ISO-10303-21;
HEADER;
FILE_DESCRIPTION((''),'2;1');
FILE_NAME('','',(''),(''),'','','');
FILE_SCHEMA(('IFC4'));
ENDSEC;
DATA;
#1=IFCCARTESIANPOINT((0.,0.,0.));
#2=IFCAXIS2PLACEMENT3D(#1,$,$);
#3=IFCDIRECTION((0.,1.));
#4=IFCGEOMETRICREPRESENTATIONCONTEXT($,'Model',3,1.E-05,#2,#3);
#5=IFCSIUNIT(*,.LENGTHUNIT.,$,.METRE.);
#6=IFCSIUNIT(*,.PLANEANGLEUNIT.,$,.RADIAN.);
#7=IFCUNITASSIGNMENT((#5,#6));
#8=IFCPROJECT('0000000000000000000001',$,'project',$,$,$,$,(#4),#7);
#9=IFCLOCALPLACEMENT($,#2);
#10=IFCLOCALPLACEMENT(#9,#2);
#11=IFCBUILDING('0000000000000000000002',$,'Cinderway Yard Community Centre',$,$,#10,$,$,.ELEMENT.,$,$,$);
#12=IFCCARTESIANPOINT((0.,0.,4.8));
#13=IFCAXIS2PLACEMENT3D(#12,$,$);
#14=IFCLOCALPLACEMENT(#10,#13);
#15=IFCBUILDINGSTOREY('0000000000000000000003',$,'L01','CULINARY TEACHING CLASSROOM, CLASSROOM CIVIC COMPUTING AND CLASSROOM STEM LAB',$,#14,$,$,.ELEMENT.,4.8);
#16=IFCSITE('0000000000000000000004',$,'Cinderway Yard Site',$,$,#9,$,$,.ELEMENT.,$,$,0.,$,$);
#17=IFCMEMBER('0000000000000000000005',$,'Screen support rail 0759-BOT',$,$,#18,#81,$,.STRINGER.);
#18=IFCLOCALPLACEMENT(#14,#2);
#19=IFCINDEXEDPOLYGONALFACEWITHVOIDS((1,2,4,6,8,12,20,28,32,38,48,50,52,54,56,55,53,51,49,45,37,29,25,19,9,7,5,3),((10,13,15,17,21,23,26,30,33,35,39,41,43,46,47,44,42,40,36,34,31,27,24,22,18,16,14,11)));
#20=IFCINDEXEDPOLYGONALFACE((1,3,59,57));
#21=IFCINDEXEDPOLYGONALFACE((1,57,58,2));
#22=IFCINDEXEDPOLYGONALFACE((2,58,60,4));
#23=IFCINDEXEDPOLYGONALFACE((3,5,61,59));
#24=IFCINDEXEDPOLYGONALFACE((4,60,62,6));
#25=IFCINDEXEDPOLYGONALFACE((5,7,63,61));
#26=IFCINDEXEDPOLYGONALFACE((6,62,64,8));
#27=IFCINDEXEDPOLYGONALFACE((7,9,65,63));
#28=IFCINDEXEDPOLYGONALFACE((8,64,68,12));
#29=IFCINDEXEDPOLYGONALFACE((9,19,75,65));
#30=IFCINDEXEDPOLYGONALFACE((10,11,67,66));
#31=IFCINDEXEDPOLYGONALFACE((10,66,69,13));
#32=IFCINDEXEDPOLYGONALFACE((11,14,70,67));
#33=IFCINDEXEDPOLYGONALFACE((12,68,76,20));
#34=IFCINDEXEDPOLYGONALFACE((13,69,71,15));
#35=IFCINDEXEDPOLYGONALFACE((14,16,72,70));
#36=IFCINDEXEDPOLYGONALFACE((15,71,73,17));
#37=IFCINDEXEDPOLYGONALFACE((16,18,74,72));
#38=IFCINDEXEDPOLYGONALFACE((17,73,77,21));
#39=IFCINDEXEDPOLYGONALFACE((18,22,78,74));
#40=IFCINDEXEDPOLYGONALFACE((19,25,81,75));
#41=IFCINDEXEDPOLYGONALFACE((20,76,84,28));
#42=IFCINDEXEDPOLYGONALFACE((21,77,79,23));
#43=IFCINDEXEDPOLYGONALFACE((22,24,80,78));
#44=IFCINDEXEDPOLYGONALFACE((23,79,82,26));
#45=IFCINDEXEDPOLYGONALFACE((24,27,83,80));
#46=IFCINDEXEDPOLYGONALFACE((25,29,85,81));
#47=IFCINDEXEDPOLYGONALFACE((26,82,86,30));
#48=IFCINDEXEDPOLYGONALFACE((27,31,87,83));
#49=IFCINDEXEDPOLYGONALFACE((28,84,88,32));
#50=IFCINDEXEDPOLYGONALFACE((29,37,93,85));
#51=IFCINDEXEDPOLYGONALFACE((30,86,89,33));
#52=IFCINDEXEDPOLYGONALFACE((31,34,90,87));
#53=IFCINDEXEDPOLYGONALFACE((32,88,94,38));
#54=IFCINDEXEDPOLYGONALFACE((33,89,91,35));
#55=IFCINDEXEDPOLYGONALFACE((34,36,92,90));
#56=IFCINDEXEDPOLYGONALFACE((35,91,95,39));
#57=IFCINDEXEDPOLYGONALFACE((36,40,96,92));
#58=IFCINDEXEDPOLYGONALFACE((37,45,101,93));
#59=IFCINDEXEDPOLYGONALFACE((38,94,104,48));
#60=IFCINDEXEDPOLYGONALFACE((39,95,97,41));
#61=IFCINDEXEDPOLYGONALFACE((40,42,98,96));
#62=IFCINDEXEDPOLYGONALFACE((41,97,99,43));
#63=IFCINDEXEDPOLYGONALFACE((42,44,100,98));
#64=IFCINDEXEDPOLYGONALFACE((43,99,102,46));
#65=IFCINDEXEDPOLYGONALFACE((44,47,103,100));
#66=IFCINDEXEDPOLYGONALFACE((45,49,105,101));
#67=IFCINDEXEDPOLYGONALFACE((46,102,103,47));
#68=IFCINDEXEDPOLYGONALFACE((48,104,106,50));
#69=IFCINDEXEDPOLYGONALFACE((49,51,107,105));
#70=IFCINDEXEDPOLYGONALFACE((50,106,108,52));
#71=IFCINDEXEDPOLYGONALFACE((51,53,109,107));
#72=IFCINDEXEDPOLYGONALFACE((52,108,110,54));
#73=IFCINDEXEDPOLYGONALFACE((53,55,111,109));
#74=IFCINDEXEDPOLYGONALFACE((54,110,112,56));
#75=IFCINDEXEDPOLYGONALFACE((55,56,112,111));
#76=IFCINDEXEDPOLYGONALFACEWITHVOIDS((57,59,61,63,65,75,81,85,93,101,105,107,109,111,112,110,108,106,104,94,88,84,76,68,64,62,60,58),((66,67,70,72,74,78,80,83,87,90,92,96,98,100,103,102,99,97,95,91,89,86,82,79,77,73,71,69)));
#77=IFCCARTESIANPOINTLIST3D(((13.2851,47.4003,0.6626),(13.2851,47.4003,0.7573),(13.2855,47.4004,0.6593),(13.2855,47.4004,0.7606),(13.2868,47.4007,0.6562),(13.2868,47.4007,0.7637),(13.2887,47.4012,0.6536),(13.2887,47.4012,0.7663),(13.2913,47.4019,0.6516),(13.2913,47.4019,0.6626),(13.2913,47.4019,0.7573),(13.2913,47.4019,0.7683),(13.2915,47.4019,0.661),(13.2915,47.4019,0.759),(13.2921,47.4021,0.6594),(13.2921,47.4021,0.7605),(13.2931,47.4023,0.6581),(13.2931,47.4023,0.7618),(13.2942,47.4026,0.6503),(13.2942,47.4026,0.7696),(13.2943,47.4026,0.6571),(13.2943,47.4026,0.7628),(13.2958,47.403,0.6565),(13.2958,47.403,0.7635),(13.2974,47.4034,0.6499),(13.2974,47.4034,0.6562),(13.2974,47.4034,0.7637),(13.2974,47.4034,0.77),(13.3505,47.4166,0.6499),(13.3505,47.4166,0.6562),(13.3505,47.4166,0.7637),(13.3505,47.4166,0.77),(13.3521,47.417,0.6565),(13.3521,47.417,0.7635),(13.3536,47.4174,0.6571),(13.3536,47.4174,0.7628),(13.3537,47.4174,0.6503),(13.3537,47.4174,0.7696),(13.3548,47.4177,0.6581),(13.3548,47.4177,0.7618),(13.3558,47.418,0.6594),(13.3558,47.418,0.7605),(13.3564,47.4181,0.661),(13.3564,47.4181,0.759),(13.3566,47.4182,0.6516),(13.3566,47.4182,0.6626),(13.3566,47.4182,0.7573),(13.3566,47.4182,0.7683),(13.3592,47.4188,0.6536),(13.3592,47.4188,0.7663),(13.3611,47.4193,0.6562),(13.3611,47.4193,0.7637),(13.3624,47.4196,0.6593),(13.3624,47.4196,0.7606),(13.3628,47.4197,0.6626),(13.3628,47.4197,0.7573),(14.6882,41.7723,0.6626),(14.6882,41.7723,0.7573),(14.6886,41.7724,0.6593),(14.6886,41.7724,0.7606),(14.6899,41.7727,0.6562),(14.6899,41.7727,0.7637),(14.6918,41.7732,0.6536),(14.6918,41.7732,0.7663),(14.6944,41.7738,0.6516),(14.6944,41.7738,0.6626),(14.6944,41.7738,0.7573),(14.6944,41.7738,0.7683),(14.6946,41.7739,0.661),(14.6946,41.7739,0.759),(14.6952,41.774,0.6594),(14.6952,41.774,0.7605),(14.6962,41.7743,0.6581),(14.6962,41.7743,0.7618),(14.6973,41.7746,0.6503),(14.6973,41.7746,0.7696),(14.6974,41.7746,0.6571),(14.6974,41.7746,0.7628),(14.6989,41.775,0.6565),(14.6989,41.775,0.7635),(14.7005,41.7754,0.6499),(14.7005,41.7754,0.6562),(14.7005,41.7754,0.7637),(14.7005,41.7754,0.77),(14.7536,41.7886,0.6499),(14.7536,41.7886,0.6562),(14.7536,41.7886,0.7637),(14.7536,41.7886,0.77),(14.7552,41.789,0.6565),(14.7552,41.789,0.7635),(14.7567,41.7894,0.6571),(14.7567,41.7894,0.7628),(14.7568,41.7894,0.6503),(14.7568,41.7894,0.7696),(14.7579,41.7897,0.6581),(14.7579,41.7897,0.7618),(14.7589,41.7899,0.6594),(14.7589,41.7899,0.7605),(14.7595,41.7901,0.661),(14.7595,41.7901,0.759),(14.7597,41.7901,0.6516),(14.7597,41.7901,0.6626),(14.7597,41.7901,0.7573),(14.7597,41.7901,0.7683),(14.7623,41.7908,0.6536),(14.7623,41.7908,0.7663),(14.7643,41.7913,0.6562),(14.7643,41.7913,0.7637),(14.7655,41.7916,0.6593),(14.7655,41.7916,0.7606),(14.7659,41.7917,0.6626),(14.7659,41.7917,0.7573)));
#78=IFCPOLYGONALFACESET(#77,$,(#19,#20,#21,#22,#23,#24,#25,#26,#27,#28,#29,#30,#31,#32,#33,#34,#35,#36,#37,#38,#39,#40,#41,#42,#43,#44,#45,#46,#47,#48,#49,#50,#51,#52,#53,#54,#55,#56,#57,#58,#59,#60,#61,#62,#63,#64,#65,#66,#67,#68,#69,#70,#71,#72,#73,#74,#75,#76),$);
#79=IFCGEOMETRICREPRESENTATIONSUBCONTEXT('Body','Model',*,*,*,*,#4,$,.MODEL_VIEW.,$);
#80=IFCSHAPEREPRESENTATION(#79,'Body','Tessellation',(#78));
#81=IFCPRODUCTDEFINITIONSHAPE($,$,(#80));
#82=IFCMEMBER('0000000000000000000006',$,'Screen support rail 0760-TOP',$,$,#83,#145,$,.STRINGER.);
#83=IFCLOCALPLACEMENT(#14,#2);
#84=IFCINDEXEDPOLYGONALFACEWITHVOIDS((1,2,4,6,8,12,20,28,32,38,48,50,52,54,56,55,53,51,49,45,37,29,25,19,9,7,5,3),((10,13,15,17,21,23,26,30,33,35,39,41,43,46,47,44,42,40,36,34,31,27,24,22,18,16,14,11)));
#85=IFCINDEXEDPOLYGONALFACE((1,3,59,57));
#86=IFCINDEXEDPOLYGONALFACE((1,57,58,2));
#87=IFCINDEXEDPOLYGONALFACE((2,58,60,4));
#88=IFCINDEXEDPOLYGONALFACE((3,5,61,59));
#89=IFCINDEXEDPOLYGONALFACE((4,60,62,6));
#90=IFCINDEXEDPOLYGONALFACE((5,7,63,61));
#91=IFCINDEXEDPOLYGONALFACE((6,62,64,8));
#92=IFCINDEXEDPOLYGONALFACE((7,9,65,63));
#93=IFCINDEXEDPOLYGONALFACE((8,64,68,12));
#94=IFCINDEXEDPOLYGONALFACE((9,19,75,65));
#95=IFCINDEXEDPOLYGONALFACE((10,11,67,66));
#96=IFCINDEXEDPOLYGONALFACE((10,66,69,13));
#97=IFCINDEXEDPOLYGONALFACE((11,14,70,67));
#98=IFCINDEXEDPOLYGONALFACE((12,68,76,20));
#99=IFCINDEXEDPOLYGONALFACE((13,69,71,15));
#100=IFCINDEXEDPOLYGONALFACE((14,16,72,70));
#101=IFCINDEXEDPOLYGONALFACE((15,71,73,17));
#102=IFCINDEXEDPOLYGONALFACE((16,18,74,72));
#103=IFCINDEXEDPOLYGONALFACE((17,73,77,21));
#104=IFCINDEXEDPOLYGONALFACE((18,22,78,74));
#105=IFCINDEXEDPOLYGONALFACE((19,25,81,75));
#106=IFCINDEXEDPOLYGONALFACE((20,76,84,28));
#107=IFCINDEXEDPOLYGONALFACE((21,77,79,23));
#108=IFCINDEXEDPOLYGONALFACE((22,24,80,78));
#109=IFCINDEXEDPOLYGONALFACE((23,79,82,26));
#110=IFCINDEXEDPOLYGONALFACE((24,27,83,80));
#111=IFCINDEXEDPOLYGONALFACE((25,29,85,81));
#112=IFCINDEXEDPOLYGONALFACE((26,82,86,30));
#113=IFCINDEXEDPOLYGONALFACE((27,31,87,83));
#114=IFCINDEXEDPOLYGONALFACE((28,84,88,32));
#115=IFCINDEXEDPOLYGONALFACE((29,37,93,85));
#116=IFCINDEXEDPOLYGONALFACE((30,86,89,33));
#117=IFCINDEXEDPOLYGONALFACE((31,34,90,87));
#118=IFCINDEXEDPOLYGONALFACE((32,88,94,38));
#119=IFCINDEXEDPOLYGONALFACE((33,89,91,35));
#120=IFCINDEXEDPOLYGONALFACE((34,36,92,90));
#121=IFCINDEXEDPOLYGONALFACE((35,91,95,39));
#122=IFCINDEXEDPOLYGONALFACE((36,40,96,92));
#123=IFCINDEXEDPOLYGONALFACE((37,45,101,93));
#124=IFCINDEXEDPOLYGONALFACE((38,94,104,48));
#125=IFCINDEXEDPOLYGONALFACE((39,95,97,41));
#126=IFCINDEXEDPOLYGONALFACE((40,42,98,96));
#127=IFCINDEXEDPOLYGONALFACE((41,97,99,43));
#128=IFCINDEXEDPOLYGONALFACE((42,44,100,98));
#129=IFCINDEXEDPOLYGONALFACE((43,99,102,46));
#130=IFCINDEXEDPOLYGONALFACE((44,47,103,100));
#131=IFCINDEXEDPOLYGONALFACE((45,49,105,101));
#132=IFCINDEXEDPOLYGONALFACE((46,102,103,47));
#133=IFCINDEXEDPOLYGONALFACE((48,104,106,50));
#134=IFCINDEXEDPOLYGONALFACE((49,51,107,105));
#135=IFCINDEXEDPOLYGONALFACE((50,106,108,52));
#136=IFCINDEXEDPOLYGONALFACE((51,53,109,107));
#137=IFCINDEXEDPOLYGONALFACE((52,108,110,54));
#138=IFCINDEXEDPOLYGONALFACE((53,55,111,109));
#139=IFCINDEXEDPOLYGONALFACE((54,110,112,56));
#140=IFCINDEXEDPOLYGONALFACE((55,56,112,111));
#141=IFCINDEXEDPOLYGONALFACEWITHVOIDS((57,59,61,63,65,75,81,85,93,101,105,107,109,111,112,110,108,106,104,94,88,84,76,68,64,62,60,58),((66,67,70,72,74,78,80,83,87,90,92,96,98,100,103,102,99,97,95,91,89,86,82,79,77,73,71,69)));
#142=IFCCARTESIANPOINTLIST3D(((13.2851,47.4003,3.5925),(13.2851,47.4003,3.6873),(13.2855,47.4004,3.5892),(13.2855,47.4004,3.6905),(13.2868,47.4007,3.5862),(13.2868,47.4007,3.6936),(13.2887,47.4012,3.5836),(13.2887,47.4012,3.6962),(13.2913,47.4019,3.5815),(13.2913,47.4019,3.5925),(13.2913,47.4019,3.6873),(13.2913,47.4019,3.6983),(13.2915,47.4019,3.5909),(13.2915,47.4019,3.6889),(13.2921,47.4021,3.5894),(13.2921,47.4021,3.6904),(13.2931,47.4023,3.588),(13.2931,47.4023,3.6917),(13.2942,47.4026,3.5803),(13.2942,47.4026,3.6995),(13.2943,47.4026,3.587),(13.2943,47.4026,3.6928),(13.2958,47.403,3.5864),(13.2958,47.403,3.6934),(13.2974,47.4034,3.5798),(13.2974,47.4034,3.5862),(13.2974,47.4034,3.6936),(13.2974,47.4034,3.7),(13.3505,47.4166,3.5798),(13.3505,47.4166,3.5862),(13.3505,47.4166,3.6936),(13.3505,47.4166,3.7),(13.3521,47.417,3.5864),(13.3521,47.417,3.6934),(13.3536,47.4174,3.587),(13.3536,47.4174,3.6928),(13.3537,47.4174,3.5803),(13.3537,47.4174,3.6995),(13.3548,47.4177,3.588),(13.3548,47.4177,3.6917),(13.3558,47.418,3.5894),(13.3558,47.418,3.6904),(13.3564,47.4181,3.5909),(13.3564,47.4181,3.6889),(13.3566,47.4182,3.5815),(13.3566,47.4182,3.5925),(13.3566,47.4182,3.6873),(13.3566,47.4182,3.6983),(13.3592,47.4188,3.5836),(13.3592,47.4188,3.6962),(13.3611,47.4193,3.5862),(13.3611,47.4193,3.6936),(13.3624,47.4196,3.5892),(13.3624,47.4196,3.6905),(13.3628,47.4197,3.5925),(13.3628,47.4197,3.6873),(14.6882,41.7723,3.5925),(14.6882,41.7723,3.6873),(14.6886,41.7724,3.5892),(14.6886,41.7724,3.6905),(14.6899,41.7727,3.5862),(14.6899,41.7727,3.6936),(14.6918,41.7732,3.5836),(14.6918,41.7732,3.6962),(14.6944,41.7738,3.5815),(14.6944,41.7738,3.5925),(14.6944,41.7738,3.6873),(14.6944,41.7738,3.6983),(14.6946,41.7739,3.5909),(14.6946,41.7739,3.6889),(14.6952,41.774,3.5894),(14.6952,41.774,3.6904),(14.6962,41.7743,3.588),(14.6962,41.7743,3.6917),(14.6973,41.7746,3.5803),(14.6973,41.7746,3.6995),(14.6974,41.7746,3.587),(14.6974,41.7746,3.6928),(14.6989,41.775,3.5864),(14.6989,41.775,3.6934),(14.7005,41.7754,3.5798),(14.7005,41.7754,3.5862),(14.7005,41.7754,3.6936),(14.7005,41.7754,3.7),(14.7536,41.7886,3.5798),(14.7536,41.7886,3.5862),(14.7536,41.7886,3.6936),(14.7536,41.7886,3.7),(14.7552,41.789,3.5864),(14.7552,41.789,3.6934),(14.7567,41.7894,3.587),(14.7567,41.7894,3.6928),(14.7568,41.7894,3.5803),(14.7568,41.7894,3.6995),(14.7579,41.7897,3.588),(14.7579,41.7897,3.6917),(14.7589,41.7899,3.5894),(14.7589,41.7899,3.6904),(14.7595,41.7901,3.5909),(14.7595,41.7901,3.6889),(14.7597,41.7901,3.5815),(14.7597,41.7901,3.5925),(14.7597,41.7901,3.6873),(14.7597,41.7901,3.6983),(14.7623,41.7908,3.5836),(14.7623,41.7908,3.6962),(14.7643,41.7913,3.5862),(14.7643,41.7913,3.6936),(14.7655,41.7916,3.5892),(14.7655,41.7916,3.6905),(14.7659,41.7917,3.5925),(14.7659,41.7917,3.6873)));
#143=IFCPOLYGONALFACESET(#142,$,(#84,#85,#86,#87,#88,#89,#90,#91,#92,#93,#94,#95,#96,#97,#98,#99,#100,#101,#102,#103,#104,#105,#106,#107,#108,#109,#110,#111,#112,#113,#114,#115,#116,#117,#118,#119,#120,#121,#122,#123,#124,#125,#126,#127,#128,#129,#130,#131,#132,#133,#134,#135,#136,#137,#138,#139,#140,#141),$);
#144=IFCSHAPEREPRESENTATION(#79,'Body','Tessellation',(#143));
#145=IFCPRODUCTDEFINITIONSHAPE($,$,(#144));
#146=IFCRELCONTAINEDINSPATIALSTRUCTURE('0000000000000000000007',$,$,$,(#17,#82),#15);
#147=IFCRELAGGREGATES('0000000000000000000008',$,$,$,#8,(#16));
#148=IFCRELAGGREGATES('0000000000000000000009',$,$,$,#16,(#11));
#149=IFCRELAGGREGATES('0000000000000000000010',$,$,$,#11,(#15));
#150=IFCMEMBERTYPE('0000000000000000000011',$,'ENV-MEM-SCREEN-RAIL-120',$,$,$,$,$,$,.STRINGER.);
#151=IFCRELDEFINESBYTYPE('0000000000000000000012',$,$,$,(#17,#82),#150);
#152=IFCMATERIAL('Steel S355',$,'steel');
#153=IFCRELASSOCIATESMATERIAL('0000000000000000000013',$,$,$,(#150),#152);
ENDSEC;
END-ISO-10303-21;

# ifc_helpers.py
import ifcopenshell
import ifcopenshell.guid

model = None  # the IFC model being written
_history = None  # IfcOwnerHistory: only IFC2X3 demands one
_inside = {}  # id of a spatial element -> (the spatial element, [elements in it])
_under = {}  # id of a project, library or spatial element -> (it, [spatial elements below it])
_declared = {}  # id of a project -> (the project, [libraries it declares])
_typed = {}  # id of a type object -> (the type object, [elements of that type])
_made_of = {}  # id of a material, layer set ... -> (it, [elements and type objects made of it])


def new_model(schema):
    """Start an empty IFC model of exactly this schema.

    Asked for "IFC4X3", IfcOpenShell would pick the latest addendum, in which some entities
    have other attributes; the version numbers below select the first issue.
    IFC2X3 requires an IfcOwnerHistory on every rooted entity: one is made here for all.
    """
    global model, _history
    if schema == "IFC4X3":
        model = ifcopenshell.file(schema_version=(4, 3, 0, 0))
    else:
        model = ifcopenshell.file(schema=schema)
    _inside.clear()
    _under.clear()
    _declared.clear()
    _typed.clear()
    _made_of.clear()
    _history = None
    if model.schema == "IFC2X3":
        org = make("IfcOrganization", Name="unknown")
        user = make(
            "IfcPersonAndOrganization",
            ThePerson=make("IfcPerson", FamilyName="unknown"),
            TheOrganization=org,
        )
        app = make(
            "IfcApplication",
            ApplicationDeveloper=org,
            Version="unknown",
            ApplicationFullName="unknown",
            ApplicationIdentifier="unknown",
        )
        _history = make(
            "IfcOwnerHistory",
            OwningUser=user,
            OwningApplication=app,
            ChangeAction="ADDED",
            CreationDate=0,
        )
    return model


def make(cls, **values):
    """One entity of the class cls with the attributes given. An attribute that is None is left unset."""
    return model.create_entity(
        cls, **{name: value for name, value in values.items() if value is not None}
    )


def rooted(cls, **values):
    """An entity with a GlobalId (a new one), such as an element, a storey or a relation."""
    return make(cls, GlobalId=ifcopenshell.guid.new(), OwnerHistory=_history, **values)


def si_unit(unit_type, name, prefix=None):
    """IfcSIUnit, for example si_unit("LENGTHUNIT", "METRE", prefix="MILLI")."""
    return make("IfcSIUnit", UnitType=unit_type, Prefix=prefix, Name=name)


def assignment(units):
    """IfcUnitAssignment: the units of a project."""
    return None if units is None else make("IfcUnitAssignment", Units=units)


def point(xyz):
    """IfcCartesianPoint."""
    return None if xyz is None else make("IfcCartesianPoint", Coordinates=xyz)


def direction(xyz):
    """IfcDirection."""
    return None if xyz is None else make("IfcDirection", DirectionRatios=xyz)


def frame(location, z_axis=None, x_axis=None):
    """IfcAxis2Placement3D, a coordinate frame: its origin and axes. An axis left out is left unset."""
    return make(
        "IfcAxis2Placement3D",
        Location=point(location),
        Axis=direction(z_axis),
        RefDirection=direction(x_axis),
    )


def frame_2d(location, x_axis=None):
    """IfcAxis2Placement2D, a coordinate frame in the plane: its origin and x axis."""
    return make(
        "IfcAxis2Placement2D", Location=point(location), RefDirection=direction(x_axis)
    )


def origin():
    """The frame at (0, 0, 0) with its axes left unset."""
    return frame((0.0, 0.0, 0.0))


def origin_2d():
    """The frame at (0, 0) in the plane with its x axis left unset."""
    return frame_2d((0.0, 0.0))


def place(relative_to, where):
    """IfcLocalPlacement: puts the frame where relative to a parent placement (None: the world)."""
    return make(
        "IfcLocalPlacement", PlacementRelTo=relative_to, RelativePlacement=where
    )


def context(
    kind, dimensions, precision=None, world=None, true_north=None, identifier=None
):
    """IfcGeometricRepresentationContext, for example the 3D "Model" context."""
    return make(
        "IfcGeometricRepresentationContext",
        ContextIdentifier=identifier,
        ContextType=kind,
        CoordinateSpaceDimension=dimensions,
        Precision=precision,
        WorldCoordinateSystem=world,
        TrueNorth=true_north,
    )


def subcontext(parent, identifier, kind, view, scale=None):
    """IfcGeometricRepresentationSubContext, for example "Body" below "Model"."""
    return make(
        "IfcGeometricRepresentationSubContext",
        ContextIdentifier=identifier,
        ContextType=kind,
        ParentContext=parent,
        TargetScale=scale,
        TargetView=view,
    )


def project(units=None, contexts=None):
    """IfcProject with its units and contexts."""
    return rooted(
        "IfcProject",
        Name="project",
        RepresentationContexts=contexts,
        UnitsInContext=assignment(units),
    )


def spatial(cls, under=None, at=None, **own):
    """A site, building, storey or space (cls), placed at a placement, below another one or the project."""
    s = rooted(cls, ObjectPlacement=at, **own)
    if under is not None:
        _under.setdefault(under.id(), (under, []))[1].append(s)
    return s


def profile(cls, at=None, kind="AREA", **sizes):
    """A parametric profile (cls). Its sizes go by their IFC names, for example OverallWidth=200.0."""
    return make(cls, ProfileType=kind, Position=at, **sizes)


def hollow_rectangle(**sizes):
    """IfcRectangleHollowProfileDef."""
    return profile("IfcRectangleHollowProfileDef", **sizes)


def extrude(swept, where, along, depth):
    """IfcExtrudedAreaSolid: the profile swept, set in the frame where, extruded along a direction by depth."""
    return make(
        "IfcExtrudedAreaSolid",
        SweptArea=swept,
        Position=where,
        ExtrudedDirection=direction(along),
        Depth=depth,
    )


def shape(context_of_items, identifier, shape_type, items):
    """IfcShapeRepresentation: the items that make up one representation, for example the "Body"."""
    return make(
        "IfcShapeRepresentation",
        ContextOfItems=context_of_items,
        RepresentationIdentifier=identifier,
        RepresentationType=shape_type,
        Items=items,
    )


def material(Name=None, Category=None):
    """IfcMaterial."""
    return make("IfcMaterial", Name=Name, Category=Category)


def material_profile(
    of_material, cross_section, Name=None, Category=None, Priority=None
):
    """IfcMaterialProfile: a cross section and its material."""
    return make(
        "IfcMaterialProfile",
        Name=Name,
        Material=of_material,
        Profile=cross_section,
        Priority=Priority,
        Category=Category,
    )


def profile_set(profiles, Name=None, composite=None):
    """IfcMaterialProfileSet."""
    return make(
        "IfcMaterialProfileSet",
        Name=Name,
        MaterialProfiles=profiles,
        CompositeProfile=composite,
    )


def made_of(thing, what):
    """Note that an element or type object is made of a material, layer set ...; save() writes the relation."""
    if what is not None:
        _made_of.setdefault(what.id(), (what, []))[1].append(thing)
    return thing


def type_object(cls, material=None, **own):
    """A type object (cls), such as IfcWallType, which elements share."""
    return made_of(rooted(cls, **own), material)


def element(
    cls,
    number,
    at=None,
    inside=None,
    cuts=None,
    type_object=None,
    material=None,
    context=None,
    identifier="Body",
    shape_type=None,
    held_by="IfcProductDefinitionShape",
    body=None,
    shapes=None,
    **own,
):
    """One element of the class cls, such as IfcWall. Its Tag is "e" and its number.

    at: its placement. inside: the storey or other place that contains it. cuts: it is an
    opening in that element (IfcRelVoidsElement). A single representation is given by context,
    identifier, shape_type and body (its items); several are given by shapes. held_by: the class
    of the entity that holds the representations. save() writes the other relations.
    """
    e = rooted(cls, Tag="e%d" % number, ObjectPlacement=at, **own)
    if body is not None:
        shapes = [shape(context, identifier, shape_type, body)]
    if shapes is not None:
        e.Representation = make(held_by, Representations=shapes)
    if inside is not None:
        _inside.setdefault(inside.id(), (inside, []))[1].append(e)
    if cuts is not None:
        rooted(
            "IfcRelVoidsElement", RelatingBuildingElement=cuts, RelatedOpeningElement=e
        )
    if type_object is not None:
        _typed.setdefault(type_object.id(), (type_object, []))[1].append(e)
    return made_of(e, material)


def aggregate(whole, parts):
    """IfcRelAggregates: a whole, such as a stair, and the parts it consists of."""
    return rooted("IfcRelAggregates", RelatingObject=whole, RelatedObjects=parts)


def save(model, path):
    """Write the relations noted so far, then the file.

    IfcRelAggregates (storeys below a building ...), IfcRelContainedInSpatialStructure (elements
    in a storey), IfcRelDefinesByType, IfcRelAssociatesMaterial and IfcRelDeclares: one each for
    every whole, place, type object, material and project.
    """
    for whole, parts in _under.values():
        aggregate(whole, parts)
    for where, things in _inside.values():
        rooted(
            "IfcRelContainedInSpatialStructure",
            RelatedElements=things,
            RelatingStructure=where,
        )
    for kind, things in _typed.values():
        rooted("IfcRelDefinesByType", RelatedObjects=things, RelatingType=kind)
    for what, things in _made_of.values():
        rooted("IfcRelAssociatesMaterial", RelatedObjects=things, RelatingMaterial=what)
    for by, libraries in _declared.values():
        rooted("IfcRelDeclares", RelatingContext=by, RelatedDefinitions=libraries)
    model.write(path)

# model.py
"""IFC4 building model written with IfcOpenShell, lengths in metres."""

from ifc_helpers import new_model, si_unit, direction, frame, origin, origin_2d, place, context, subcontext, project, spatial, hollow_rectangle, extrude, material, material_profile, profile_set, type_object, element, save


model = new_model("IFC4")

# Units and contexts
model_context = context("Model", 3, precision=1e-05, world=origin(), true_north=direction((0.0, 1.0)))
body_context = subcontext(model_context, "Body", "Model", "MODEL_VIEW")
ifc_project = project(units=[si_unit("LENGTHUNIT", "METRE"), si_unit("PLANEANGLEUNIT", "RADIAN")], contexts=[model_context])

# Site, building, storey
site_placement = place(None, origin())
site = spatial("IfcSite", under=ifc_project, at=site_placement, Name="Cinderway Yard Site", CompositionType="ELEMENT", RefElevation=0.0)
building_placement = place(site_placement, origin())
building = spatial("IfcBuilding", under=site, at=building_placement, Name="Cinderway Yard Community Centre", CompositionType="ELEMENT")
storey_placement = place(building_placement, frame((0.0, 0.0, 4.8)))
storey = spatial("IfcBuildingStorey", under=building, at=storey_placement, Name="L01", Description="CULINARY TEACHING CLASSROOM, CLASSROOM CIVIC COMPUTING AND CLASSROOM STEM LAB", CompositionType="ELEMENT", Elevation=4.8)

# Members
ifc_material_1 = material(Name="Steel S355", Category="steel")
ifc_material_profile_1 = material_profile(ifc_material_1, hollow_rectangle(XDim=0.0801, YDim=0.1201, WallThickness=0.0063, InnerFilletRadius=0.0063, OuterFilletRadius=0.0127, at=origin_2d()), Name="Steel S355")
ifc_profile_set_1 = profile_set([ifc_material_profile_1], Name="Steel S355")
member_type_1 = type_object("IfcMemberType", Name="ENV-MEM-SCREEN-RAIL-120", PredefinedType="STRINGER", material=ifc_profile_set_1)
for number, where, z_axis, x_axis, name in (
    (1, (14.7271, 41.782, 0.71), (-0.241902, 0.970301, 0.0), (-0.970301, -0.241902, 0.0), "Screen support rail 0759-BOT"),
    (2, (14.7271, 41.782, 3.6399), (-0.241902, 0.970301, 0.0), (-0.970301, -0.241902, 0.0), "Screen support rail 0760-TOP"),
):
    element("IfcMember", number, at=place(storey_placement, frame(where, z_axis=z_axis, x_axis=x_axis)), inside=storey, type_object=member_type_1, Name=name, PredefinedType="STRINGER", context=body_context, shape_type="SweptSolid", body=[
        extrude(hollow_rectangle(XDim=0.0801, YDim=0.1201, WallThickness=0.0063, InnerFilletRadius=0.0063, OuterFilletRadius=0.0127, at=origin_2d()), origin(), (0.0, 0.0, 1.0), 5.8003),
    ])

save(model, "model.ifc")
